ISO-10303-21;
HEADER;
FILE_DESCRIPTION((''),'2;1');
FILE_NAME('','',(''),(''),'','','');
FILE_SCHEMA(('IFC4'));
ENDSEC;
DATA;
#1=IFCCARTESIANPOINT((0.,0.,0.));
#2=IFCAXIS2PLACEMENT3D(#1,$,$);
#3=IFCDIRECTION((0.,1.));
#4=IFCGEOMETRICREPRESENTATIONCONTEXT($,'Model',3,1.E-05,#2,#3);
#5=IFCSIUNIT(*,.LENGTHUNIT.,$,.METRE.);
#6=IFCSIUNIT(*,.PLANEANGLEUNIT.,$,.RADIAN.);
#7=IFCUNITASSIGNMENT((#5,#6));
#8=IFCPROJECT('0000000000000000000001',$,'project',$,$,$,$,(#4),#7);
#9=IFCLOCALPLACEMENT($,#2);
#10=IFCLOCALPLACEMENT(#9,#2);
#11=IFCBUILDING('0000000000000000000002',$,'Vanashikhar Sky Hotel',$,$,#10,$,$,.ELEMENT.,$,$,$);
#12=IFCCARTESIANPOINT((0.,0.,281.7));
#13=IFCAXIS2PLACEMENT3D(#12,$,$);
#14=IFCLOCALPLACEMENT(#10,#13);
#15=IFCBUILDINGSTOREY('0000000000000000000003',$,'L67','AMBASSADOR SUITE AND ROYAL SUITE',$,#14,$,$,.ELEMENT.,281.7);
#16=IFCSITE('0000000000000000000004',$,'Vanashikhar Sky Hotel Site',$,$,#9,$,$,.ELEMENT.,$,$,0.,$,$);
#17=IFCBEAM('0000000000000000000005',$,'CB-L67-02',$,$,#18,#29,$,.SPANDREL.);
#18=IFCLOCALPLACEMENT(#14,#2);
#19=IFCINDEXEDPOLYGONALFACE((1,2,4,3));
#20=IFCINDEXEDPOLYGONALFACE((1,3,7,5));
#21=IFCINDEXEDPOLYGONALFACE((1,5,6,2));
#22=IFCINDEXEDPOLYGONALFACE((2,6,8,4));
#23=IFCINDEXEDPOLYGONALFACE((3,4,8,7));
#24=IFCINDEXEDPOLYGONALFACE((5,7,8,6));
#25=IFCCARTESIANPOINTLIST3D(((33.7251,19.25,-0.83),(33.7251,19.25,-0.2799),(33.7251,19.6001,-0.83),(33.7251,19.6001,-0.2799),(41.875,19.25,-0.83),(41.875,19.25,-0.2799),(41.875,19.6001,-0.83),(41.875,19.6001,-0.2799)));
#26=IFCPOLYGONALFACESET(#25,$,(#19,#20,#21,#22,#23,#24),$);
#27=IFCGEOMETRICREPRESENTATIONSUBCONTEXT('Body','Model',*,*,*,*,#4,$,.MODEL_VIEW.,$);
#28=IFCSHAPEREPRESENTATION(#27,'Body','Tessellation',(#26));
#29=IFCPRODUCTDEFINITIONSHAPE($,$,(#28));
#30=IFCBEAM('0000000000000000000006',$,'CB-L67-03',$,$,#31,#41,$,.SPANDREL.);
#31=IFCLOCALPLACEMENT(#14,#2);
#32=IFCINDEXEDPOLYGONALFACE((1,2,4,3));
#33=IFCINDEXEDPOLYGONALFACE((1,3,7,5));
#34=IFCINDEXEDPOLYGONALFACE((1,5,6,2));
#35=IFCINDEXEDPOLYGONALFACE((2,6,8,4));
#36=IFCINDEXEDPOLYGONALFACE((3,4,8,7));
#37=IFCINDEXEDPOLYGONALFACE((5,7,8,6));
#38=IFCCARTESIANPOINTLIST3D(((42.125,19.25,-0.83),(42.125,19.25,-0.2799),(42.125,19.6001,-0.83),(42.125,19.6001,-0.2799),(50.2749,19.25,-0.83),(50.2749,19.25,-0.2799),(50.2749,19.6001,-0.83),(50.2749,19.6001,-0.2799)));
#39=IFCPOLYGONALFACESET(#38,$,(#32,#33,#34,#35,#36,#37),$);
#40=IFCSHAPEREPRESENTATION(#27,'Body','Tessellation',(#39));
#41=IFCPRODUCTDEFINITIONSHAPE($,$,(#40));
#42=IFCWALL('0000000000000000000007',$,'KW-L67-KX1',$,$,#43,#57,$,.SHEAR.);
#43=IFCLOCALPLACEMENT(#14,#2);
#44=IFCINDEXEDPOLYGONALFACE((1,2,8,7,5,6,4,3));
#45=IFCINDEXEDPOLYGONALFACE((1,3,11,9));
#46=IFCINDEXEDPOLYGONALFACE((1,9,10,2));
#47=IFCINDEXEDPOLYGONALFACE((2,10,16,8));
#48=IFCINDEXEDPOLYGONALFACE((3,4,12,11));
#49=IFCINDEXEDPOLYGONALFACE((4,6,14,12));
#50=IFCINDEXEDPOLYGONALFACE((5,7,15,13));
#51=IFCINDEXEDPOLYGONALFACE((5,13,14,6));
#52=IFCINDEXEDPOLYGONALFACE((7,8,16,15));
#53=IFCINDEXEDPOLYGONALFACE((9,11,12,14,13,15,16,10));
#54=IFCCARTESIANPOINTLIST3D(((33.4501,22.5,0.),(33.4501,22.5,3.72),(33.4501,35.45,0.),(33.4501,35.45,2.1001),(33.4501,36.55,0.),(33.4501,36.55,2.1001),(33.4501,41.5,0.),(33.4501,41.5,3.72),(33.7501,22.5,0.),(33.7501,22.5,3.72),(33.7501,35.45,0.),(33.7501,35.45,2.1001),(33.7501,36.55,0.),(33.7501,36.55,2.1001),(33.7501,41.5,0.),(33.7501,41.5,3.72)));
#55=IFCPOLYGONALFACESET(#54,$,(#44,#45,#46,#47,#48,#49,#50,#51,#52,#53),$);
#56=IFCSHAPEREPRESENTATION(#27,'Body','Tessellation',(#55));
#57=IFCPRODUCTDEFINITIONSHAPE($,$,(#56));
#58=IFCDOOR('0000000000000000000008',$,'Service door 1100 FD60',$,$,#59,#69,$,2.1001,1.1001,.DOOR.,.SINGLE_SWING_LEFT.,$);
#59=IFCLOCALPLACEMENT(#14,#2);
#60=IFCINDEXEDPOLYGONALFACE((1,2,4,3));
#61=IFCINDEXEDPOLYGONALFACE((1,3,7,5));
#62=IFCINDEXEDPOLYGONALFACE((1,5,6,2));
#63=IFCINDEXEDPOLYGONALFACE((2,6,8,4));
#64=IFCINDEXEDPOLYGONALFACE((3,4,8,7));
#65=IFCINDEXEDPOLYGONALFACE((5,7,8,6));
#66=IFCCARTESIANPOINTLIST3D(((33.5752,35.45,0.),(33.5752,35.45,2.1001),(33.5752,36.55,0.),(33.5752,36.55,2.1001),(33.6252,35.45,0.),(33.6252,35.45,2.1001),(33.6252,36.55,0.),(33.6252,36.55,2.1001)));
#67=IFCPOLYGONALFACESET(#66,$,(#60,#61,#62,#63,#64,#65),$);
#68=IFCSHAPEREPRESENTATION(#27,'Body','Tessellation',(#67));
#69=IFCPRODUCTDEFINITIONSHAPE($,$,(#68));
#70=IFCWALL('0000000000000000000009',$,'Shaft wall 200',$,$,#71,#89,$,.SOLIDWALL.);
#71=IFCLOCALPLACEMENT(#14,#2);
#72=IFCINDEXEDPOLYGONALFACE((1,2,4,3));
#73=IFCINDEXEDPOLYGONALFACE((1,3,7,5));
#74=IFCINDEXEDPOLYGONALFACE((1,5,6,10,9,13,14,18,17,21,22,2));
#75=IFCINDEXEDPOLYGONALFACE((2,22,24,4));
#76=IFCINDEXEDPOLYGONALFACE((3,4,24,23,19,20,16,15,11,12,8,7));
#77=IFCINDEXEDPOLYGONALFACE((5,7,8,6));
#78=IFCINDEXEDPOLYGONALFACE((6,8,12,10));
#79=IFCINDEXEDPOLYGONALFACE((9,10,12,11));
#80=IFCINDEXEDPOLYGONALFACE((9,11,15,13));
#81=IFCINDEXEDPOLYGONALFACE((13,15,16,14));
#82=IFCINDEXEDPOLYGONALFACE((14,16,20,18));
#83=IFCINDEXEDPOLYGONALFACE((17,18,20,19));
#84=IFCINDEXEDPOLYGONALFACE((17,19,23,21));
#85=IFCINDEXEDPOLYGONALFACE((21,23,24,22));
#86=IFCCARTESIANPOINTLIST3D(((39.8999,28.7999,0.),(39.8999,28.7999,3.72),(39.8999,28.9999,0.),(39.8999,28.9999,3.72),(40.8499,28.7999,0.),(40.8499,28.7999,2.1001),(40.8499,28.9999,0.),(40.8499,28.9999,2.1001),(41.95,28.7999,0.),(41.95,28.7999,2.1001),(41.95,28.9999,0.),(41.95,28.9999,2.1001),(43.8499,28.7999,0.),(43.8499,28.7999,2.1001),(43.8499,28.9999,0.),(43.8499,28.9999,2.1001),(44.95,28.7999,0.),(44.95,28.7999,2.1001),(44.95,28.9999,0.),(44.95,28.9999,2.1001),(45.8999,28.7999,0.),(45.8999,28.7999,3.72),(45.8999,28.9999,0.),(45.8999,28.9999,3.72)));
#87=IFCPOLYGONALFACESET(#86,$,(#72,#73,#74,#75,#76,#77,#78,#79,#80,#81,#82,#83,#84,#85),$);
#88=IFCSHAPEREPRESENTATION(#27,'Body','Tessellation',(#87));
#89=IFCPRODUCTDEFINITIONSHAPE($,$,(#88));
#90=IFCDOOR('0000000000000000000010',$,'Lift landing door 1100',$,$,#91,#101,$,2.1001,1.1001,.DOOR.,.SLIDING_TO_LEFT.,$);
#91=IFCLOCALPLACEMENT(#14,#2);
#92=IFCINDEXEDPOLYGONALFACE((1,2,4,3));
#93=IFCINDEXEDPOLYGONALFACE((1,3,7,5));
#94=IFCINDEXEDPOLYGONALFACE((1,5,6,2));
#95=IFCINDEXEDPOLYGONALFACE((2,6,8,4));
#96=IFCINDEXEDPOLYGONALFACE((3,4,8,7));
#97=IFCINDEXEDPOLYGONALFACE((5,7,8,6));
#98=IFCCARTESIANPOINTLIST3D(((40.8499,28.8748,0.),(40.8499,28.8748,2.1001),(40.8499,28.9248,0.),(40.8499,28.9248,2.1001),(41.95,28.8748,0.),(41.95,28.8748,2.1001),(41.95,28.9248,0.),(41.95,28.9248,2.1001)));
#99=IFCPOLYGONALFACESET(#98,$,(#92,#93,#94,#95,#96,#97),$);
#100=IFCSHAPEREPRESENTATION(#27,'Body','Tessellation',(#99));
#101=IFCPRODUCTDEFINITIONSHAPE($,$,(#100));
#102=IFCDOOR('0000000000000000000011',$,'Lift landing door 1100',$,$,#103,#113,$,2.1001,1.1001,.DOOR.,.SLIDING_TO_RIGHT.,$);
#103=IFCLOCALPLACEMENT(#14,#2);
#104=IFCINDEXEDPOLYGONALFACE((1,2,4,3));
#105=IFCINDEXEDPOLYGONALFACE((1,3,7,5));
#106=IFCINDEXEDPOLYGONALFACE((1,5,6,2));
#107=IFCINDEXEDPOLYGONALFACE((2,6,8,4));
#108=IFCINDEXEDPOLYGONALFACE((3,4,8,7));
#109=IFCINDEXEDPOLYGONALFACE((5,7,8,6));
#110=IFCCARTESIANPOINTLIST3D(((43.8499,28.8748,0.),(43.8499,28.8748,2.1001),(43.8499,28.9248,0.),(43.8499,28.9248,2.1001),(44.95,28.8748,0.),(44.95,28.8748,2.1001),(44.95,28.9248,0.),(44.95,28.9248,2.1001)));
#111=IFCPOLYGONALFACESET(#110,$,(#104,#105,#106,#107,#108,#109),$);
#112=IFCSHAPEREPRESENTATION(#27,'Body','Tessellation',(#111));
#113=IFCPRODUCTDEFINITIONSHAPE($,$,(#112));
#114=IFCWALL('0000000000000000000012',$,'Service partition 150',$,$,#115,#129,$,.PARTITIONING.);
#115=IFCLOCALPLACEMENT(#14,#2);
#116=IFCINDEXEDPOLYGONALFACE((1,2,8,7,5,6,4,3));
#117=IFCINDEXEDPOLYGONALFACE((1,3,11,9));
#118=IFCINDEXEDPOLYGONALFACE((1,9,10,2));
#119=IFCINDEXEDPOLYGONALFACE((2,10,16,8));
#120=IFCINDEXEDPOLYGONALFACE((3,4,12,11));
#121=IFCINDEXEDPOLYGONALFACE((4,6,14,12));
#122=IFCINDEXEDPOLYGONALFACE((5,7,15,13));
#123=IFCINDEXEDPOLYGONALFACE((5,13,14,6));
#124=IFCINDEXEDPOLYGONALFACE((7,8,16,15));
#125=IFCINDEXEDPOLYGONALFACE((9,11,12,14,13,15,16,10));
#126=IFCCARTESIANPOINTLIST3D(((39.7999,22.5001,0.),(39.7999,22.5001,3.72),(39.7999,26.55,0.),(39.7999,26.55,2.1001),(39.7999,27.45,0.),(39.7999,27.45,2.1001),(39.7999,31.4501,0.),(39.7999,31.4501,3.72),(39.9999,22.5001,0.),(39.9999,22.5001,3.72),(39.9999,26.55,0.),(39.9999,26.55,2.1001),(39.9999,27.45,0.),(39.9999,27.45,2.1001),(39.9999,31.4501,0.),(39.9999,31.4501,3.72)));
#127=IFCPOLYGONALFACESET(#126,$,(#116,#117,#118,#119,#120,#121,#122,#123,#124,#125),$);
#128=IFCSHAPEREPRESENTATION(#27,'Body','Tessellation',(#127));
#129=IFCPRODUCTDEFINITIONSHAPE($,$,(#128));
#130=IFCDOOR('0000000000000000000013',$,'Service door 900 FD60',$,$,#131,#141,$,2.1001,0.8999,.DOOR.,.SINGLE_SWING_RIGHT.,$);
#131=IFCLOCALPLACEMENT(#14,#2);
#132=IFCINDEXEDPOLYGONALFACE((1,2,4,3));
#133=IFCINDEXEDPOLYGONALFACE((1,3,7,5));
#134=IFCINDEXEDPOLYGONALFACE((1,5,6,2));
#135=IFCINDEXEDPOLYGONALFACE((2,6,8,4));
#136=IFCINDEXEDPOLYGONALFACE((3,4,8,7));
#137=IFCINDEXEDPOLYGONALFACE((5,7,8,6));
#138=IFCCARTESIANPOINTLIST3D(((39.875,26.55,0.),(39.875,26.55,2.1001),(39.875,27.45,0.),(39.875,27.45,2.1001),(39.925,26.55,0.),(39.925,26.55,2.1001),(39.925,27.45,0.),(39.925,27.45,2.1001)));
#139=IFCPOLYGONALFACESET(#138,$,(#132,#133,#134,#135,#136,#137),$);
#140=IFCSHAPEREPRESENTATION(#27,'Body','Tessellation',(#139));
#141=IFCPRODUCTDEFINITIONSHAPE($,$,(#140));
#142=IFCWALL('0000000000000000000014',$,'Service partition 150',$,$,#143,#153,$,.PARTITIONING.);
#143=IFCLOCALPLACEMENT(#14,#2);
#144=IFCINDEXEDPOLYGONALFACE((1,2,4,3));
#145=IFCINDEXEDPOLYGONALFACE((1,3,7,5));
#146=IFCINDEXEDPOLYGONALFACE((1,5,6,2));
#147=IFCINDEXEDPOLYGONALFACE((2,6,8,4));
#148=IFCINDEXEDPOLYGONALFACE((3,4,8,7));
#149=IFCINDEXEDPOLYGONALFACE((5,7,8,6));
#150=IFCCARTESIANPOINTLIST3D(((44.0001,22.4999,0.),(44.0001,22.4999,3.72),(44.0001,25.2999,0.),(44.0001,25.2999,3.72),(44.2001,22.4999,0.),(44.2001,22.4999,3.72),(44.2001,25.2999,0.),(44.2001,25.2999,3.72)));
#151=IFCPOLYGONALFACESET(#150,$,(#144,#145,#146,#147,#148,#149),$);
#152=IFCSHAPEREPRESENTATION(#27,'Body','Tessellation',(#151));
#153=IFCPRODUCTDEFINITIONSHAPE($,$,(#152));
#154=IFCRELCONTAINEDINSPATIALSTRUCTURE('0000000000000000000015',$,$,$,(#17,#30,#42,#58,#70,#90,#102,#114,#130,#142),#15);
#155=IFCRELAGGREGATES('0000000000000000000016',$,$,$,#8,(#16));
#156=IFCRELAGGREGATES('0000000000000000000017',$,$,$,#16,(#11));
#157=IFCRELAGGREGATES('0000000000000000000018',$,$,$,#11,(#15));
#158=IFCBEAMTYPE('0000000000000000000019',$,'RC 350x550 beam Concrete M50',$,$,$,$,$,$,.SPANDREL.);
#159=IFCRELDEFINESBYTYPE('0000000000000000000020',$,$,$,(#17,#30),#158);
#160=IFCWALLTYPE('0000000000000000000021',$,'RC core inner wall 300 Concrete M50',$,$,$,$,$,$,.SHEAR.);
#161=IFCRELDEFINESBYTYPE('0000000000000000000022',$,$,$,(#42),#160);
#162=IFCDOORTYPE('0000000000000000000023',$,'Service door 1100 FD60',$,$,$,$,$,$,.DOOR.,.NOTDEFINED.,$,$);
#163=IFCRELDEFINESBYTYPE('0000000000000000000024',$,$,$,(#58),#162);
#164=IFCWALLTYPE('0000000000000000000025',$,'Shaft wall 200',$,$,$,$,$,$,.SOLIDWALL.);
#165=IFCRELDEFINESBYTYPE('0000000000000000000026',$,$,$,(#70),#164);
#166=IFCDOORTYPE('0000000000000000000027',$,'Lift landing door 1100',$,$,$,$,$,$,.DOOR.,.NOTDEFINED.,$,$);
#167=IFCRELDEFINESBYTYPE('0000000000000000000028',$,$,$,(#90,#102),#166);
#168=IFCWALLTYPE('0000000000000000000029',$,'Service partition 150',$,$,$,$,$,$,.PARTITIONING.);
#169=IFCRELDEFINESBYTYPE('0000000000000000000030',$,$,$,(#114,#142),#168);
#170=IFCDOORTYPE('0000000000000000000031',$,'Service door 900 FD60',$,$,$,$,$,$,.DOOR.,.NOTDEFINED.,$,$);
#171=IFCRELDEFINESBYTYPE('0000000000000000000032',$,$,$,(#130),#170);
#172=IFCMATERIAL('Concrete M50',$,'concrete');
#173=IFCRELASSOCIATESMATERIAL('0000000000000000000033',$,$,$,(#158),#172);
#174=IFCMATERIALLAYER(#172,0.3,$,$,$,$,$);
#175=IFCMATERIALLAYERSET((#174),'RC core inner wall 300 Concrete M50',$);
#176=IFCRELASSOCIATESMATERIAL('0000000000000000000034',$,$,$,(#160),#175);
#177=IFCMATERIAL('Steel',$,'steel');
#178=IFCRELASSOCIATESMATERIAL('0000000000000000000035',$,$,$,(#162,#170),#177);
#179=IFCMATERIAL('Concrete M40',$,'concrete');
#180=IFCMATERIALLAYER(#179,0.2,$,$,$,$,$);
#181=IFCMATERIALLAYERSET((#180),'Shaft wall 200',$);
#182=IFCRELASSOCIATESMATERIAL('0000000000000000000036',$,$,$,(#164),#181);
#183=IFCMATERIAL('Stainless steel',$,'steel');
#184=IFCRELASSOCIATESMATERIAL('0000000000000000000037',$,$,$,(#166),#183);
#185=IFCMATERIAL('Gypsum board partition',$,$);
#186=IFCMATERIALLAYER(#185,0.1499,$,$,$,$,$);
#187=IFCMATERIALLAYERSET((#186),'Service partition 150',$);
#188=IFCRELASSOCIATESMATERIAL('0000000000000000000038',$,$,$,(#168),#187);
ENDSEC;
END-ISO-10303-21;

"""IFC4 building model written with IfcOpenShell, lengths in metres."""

from ifc_helpers import new_model, si_unit, direction, frame, frame_2d, origin, origin_2d, place, context, subcontext, project, spatial, rectangle, extrude, source, transform, mapped, material, layer, layer_set, material_profile, profile_set, type_object, element, fill, save


model = new_model("IFC4")

# Units and contexts
model_context = context("Model", 3, precision=1e-05, world=origin(), true_north=direction((0.0, 1.0)))
body_context = subcontext(model_context, "Body", "Model", "MODEL_VIEW")
ifc_project = project(units=[si_unit("LENGTHUNIT", "METRE"), si_unit("PLANEANGLEUNIT", "RADIAN")], contexts=[model_context])

# Site, building, storey
site_placement = place(None, origin())
site = spatial("IfcSite", under=ifc_project, at=site_placement, Name="Vanashikhar Sky Hotel Site", CompositionType="ELEMENT", RefElevation=0.0)
building_placement = place(site_placement, origin())
building = spatial("IfcBuilding", under=site, at=building_placement, Name="Vanashikhar Sky Hotel", CompositionType="ELEMENT")
storey_placement = place(building_placement, frame((0.0, 0.0, 281.7)))
storey = spatial("IfcBuildingStorey", under=building, at=storey_placement, Name="L67", Description="AMBASSADOR SUITE AND ROYAL SUITE", CompositionType="ELEMENT", Elevation=281.7)

# Beams
ifc_material_1 = material(Name="Concrete M50", Category="concrete")
ifc_material_profile = material_profile(ifc_material_1, rectangle(XDim=0.3501, YDim=0.55, at=origin_2d()))
ifc_profile_set = profile_set([ifc_material_profile], Name="RC 350x550 beam Concrete M50")
beam_type = type_object("IfcBeamType", Name="RC 350x550 beam Concrete M50", PredefinedType="SPANDREL", material=ifc_profile_set)
shared_shape_1 = source(origin(), body_context, "Body", "SweptSolid", [
    extrude(rectangle(XDim=0.3501, YDim=0.55, at=origin_2d()), origin(), (0.0, 0.0, 1.0), 8.1499),
])
for number, where, z_axis, x_axis, name in (
    (1, (33.7251, 19.425, -0.5549), (1.0, 0.0, 0.0), (0.0, 1.0, 0.0), "CB-L67-02"),
    (2, (42.125, 19.425, -0.5549), (1.0, 0.0, 0.0), (0.0, 1.0, 0.0), "CB-L67-03"),
):
    element("IfcBeam", number, at=place(storey_placement, frame(where, z_axis=z_axis, x_axis=x_axis)), inside=storey, type_object=beam_type, Name=name, PredefinedType="SPANDREL", context=body_context, shape_type="MappedRepresentation", body=[
        mapped(shared_shape_1, transform((0.0, 0.0, 0.0), scale=1.0)),
    ])

# Wall, opening, door
ifc_layer_1 = layer(ifc_material_1, 0.3)
ifc_layer_set_1 = layer_set([ifc_layer_1], Name="RC core inner wall 300 Concrete M50")
wall_type_1 = type_object("IfcWallType", Name="RC core inner wall 300 Concrete M50", PredefinedType="SHEAR", material=ifc_layer_set_1)
shared_shape_2 = source(origin(), body_context, "Body", "SweptSolid", [
    extrude(rectangle(XDim=19.0, YDim=0.3, at=frame_2d((9.5, 0.0))), origin(), (0.0, 0.0, 1.0), 3.72),
])
wall_1_placement = place(storey_placement, frame((33.6001, 22.5, 0.0), z_axis=(0.0, 0.0, 1.0), x_axis=(0.0, 1.0, 0.0)))
wall_1 = element("IfcWall", 3, at=wall_1_placement, inside=storey, type_object=wall_type_1, Name="KW-L67-KX1", PredefinedType="SHEAR", context=body_context, shape_type="MappedRepresentation", body=[
    mapped(shared_shape_2, transform((0.0, 0.0, 0.0), scale=1.0)),
])
shared_shape_3 = source(origin(), body_context, "Body", "SweptSolid", [
    extrude(rectangle(XDim=1.1001, YDim=2.1001, at=frame_2d((0.55, 1.05))), frame((0.0, 0.1602, 0.0), z_axis=(0.0, -1.0, 0.0), x_axis=(1.0, 0.0, 0.0)), (0.0, 0.0, 1.0), 0.3201),
])
opening_1_placement = place(wall_1_placement, frame((12.95, 0.0, 0.0)))
opening_1 = element("IfcOpeningElement", 4, at=opening_1_placement, cuts=wall_1, PredefinedType="OPENING", context=body_context, shape_type="MappedRepresentation", body=[
    mapped(shared_shape_3, transform((0.0, 0.0, 0.0), scale=1.0)),
])
ifc_material_2 = material(Name="Steel", Category="steel")
door_type_1 = type_object("IfcDoorType", Name="Service door 1100 FD60", OperationType="NOTDEFINED", PredefinedType="DOOR", material=ifc_material_2)
shared_shape_4 = source(origin(), body_context, "Body", "SweptSolid", [
    extrude(rectangle(XDim=1.1001, YDim=2.1001, at=frame_2d((0.55, 1.05))), frame((0.0, 0.0249, 0.0), z_axis=(0.0, -1.0, 0.0), x_axis=(1.0, 0.0, 0.0)), (0.0, 0.0, 1.0), 0.05),
])
door_1_placement = place(opening_1_placement, origin())
door_1 = element("IfcDoor", 5, at=door_1_placement, inside=storey, type_object=door_type_1, Name="Service door 1100 FD60", OperationType="SINGLE_SWING_LEFT", OverallHeight=2.1001, OverallWidth=1.1001, PredefinedType="DOOR", context=body_context, shape_type="MappedRepresentation", body=[
    mapped(shared_shape_4, transform((0.0, 0.0, 0.0), scale=1.0)),
])
fill(opening_1, door_1)

# Wall, openings, doors
ifc_material_3 = material(Name="Concrete M40", Category="concrete")
ifc_layer_2 = layer(ifc_material_3, 0.2)
ifc_layer_set_2 = layer_set([ifc_layer_2], Name="Shaft wall 200")
wall_type_2 = type_object("IfcWallType", Name="Shaft wall 200", PredefinedType="SOLIDWALL", material=ifc_layer_set_2)
shared_shape_5 = source(origin(), body_context, "Body", "SweptSolid", [
    extrude(rectangle(XDim=6.0, YDim=0.2, at=frame_2d((3.0, 0.0))), origin(), (0.0, 0.0, 1.0), 3.72),
])
wall_2_placement = place(storey_placement, frame((39.8999, 28.8999, 0.0), z_axis=(0.0, 0.0, 1.0), x_axis=(1.0, 0.0, 0.0)))
wall_2 = element("IfcWall", 6, at=wall_2_placement, inside=storey, type_object=wall_type_2, Name="Shaft wall 200", PredefinedType="SOLIDWALL", context=body_context, shape_type="MappedRepresentation", body=[
    mapped(shared_shape_5, transform((0.0, 0.0, 0.0), scale=1.0)),
])
shared_shape_6 = source(origin(), body_context, "Body", "SweptSolid", [
    extrude(rectangle(XDim=1.1001, YDim=2.1001, at=frame_2d((0.55, 1.05))), frame((0.0, 0.1099, 0.0), z_axis=(0.0, -1.0, 0.0), x_axis=(1.0, 0.0, 0.0)), (0.0, 0.0, 1.0), 0.22),
])
opening_2_placement = place(wall_2_placement, frame((0.95, 0.0, 0.0)))
opening_2 = element("IfcOpeningElement", 7, at=opening_2_placement, cuts=wall_2, PredefinedType="OPENING", context=body_context, shape_type="MappedRepresentation", body=[
    mapped(shared_shape_6, transform((0.0, 0.0, 0.0), scale=1.0)),
])
opening_3_placement = place(wall_2_placement, frame((3.95, 0.0, 0.0)))
opening_3 = element("IfcOpeningElement", 8, at=opening_3_placement, cuts=wall_2, PredefinedType="OPENING", context=body_context, shape_type="MappedRepresentation", body=[
    mapped(shared_shape_6, transform((0.0, 0.0, 0.0), scale=1.0)),
])
ifc_material_4 = material(Name="Stainless steel", Category="steel")
door_type_2 = type_object("IfcDoorType", Name="Lift landing door 1100", OperationType="NOTDEFINED", PredefinedType="DOOR", material=ifc_material_4)
door_2_placement = place(opening_2_placement, origin())
door_2 = element("IfcDoor", 9, at=door_2_placement, inside=storey, type_object=door_type_2, Name="Lift landing door 1100", OperationType="SLIDING_TO_LEFT", OverallHeight=2.1001, OverallWidth=1.1001, PredefinedType="DOOR", context=body_context, shape_type="MappedRepresentation", body=[
    mapped(shared_shape_4, transform((0.0, 0.0, 0.0), scale=1.0)),
])
fill(opening_2, door_2)
door_3_placement = place(opening_3_placement, origin())
door_3 = element("IfcDoor", 10, at=door_3_placement, inside=storey, type_object=door_type_2, Name="Lift landing door 1100", OperationType="SLIDING_TO_RIGHT", OverallHeight=2.1001, OverallWidth=1.1001, PredefinedType="DOOR", context=body_context, shape_type="MappedRepresentation", body=[
    mapped(shared_shape_4, transform((0.0, 0.0, 0.0), scale=1.0)),
])
fill(opening_3, door_3)

# Wall, opening, door
ifc_material_5 = material(Name="Gypsum board partition")
ifc_layer_3 = layer(ifc_material_5, 0.1499)
ifc_layer_set_3 = layer_set([ifc_layer_3], Name="Service partition 150")
wall_type_3 = type_object("IfcWallType", Name="Service partition 150", PredefinedType="PARTITIONING", material=ifc_layer_set_3)
shared_shape_7 = source(origin(), body_context, "Body", "SweptSolid", [
    extrude(rectangle(XDim=8.95, YDim=0.2, at=frame_2d((4.4751, 0.0))), origin(), (0.0, 0.0, 1.0), 3.72),
])
wall_3_placement = place(storey_placement, frame((39.8999, 22.5, 0.0), z_axis=(0.0, 0.0, 1.0), x_axis=(0.0, 1.0, 0.0)))
wall_3 = element("IfcWall", 11, at=wall_3_placement, inside=storey, type_object=wall_type_3, Name="Service partition 150", PredefinedType="PARTITIONING", context=body_context, shape_type="MappedRepresentation", body=[
    mapped(shared_shape_7, transform((0.0, 0.0, 0.0), scale=1.0)),
])
shared_shape_8 = source(origin(), body_context, "Body", "SweptSolid", [
    extrude(rectangle(XDim=0.8999, YDim=2.1001, at=frame_2d((0.45, 1.05))), frame((0.0, 0.1099, 0.0), z_axis=(0.0, -1.0, 0.0), x_axis=(1.0, 0.0, 0.0)), (0.0, 0.0, 1.0), 0.22),
])
opening_4_placement = place(wall_3_placement, frame((4.05, 0.0, 0.0)))
opening_4 = element("IfcOpeningElement", 12, at=opening_4_placement, cuts=wall_3, PredefinedType="OPENING", context=body_context, shape_type="MappedRepresentation", body=[
    mapped(shared_shape_8, transform((0.0, 0.0, 0.0), scale=1.0)),
])
door_type_3 = type_object("IfcDoorType", Name="Service door 900 FD60", OperationType="NOTDEFINED", PredefinedType="DOOR", material=ifc_material_2)
shared_shape_9 = source(origin(), body_context, "Body", "SweptSolid", [
    extrude(rectangle(XDim=0.8999, YDim=2.1001, at=frame_2d((0.45, 1.05))), frame((0.0, 0.0249, 0.0), z_axis=(0.0, -1.0, 0.0), x_axis=(1.0, 0.0, 0.0)), (0.0, 0.0, 1.0), 0.05),
])
door_4_placement = place(opening_4_placement, origin())
door_4 = element("IfcDoor", 13, at=door_4_placement, inside=storey, type_object=door_type_3, Name="Service door 900 FD60", OperationType="SINGLE_SWING_RIGHT", OverallHeight=2.1001, OverallWidth=0.8999, PredefinedType="DOOR", context=body_context, shape_type="MappedRepresentation", body=[
    mapped(shared_shape_9, transform((0.0, 0.0, 0.0), scale=1.0)),
])
fill(opening_4, door_4)

# Wall
shared_shape_10 = source(origin(), body_context, "Body", "SweptSolid", [
    extrude(rectangle(XDim=2.8, YDim=0.2, at=frame_2d((1.3999, 0.0))), origin(), (0.0, 0.0, 1.0), 3.72),
])
wall_4_placement = place(storey_placement, frame((44.1001, 22.5, 0.0), z_axis=(0.0, 0.0, 1.0), x_axis=(0.0, 1.0, 0.0)))
element("IfcWall", 14, at=wall_4_placement, inside=storey, type_object=wall_type_3, Name="Service partition 150", PredefinedType="PARTITIONING", context=body_context, shape_type="MappedRepresentation", body=[
    mapped(shared_shape_10, transform((0.0, 0.0, 0.0), scale=1.0)),
])

save(model, "model.ifc")
